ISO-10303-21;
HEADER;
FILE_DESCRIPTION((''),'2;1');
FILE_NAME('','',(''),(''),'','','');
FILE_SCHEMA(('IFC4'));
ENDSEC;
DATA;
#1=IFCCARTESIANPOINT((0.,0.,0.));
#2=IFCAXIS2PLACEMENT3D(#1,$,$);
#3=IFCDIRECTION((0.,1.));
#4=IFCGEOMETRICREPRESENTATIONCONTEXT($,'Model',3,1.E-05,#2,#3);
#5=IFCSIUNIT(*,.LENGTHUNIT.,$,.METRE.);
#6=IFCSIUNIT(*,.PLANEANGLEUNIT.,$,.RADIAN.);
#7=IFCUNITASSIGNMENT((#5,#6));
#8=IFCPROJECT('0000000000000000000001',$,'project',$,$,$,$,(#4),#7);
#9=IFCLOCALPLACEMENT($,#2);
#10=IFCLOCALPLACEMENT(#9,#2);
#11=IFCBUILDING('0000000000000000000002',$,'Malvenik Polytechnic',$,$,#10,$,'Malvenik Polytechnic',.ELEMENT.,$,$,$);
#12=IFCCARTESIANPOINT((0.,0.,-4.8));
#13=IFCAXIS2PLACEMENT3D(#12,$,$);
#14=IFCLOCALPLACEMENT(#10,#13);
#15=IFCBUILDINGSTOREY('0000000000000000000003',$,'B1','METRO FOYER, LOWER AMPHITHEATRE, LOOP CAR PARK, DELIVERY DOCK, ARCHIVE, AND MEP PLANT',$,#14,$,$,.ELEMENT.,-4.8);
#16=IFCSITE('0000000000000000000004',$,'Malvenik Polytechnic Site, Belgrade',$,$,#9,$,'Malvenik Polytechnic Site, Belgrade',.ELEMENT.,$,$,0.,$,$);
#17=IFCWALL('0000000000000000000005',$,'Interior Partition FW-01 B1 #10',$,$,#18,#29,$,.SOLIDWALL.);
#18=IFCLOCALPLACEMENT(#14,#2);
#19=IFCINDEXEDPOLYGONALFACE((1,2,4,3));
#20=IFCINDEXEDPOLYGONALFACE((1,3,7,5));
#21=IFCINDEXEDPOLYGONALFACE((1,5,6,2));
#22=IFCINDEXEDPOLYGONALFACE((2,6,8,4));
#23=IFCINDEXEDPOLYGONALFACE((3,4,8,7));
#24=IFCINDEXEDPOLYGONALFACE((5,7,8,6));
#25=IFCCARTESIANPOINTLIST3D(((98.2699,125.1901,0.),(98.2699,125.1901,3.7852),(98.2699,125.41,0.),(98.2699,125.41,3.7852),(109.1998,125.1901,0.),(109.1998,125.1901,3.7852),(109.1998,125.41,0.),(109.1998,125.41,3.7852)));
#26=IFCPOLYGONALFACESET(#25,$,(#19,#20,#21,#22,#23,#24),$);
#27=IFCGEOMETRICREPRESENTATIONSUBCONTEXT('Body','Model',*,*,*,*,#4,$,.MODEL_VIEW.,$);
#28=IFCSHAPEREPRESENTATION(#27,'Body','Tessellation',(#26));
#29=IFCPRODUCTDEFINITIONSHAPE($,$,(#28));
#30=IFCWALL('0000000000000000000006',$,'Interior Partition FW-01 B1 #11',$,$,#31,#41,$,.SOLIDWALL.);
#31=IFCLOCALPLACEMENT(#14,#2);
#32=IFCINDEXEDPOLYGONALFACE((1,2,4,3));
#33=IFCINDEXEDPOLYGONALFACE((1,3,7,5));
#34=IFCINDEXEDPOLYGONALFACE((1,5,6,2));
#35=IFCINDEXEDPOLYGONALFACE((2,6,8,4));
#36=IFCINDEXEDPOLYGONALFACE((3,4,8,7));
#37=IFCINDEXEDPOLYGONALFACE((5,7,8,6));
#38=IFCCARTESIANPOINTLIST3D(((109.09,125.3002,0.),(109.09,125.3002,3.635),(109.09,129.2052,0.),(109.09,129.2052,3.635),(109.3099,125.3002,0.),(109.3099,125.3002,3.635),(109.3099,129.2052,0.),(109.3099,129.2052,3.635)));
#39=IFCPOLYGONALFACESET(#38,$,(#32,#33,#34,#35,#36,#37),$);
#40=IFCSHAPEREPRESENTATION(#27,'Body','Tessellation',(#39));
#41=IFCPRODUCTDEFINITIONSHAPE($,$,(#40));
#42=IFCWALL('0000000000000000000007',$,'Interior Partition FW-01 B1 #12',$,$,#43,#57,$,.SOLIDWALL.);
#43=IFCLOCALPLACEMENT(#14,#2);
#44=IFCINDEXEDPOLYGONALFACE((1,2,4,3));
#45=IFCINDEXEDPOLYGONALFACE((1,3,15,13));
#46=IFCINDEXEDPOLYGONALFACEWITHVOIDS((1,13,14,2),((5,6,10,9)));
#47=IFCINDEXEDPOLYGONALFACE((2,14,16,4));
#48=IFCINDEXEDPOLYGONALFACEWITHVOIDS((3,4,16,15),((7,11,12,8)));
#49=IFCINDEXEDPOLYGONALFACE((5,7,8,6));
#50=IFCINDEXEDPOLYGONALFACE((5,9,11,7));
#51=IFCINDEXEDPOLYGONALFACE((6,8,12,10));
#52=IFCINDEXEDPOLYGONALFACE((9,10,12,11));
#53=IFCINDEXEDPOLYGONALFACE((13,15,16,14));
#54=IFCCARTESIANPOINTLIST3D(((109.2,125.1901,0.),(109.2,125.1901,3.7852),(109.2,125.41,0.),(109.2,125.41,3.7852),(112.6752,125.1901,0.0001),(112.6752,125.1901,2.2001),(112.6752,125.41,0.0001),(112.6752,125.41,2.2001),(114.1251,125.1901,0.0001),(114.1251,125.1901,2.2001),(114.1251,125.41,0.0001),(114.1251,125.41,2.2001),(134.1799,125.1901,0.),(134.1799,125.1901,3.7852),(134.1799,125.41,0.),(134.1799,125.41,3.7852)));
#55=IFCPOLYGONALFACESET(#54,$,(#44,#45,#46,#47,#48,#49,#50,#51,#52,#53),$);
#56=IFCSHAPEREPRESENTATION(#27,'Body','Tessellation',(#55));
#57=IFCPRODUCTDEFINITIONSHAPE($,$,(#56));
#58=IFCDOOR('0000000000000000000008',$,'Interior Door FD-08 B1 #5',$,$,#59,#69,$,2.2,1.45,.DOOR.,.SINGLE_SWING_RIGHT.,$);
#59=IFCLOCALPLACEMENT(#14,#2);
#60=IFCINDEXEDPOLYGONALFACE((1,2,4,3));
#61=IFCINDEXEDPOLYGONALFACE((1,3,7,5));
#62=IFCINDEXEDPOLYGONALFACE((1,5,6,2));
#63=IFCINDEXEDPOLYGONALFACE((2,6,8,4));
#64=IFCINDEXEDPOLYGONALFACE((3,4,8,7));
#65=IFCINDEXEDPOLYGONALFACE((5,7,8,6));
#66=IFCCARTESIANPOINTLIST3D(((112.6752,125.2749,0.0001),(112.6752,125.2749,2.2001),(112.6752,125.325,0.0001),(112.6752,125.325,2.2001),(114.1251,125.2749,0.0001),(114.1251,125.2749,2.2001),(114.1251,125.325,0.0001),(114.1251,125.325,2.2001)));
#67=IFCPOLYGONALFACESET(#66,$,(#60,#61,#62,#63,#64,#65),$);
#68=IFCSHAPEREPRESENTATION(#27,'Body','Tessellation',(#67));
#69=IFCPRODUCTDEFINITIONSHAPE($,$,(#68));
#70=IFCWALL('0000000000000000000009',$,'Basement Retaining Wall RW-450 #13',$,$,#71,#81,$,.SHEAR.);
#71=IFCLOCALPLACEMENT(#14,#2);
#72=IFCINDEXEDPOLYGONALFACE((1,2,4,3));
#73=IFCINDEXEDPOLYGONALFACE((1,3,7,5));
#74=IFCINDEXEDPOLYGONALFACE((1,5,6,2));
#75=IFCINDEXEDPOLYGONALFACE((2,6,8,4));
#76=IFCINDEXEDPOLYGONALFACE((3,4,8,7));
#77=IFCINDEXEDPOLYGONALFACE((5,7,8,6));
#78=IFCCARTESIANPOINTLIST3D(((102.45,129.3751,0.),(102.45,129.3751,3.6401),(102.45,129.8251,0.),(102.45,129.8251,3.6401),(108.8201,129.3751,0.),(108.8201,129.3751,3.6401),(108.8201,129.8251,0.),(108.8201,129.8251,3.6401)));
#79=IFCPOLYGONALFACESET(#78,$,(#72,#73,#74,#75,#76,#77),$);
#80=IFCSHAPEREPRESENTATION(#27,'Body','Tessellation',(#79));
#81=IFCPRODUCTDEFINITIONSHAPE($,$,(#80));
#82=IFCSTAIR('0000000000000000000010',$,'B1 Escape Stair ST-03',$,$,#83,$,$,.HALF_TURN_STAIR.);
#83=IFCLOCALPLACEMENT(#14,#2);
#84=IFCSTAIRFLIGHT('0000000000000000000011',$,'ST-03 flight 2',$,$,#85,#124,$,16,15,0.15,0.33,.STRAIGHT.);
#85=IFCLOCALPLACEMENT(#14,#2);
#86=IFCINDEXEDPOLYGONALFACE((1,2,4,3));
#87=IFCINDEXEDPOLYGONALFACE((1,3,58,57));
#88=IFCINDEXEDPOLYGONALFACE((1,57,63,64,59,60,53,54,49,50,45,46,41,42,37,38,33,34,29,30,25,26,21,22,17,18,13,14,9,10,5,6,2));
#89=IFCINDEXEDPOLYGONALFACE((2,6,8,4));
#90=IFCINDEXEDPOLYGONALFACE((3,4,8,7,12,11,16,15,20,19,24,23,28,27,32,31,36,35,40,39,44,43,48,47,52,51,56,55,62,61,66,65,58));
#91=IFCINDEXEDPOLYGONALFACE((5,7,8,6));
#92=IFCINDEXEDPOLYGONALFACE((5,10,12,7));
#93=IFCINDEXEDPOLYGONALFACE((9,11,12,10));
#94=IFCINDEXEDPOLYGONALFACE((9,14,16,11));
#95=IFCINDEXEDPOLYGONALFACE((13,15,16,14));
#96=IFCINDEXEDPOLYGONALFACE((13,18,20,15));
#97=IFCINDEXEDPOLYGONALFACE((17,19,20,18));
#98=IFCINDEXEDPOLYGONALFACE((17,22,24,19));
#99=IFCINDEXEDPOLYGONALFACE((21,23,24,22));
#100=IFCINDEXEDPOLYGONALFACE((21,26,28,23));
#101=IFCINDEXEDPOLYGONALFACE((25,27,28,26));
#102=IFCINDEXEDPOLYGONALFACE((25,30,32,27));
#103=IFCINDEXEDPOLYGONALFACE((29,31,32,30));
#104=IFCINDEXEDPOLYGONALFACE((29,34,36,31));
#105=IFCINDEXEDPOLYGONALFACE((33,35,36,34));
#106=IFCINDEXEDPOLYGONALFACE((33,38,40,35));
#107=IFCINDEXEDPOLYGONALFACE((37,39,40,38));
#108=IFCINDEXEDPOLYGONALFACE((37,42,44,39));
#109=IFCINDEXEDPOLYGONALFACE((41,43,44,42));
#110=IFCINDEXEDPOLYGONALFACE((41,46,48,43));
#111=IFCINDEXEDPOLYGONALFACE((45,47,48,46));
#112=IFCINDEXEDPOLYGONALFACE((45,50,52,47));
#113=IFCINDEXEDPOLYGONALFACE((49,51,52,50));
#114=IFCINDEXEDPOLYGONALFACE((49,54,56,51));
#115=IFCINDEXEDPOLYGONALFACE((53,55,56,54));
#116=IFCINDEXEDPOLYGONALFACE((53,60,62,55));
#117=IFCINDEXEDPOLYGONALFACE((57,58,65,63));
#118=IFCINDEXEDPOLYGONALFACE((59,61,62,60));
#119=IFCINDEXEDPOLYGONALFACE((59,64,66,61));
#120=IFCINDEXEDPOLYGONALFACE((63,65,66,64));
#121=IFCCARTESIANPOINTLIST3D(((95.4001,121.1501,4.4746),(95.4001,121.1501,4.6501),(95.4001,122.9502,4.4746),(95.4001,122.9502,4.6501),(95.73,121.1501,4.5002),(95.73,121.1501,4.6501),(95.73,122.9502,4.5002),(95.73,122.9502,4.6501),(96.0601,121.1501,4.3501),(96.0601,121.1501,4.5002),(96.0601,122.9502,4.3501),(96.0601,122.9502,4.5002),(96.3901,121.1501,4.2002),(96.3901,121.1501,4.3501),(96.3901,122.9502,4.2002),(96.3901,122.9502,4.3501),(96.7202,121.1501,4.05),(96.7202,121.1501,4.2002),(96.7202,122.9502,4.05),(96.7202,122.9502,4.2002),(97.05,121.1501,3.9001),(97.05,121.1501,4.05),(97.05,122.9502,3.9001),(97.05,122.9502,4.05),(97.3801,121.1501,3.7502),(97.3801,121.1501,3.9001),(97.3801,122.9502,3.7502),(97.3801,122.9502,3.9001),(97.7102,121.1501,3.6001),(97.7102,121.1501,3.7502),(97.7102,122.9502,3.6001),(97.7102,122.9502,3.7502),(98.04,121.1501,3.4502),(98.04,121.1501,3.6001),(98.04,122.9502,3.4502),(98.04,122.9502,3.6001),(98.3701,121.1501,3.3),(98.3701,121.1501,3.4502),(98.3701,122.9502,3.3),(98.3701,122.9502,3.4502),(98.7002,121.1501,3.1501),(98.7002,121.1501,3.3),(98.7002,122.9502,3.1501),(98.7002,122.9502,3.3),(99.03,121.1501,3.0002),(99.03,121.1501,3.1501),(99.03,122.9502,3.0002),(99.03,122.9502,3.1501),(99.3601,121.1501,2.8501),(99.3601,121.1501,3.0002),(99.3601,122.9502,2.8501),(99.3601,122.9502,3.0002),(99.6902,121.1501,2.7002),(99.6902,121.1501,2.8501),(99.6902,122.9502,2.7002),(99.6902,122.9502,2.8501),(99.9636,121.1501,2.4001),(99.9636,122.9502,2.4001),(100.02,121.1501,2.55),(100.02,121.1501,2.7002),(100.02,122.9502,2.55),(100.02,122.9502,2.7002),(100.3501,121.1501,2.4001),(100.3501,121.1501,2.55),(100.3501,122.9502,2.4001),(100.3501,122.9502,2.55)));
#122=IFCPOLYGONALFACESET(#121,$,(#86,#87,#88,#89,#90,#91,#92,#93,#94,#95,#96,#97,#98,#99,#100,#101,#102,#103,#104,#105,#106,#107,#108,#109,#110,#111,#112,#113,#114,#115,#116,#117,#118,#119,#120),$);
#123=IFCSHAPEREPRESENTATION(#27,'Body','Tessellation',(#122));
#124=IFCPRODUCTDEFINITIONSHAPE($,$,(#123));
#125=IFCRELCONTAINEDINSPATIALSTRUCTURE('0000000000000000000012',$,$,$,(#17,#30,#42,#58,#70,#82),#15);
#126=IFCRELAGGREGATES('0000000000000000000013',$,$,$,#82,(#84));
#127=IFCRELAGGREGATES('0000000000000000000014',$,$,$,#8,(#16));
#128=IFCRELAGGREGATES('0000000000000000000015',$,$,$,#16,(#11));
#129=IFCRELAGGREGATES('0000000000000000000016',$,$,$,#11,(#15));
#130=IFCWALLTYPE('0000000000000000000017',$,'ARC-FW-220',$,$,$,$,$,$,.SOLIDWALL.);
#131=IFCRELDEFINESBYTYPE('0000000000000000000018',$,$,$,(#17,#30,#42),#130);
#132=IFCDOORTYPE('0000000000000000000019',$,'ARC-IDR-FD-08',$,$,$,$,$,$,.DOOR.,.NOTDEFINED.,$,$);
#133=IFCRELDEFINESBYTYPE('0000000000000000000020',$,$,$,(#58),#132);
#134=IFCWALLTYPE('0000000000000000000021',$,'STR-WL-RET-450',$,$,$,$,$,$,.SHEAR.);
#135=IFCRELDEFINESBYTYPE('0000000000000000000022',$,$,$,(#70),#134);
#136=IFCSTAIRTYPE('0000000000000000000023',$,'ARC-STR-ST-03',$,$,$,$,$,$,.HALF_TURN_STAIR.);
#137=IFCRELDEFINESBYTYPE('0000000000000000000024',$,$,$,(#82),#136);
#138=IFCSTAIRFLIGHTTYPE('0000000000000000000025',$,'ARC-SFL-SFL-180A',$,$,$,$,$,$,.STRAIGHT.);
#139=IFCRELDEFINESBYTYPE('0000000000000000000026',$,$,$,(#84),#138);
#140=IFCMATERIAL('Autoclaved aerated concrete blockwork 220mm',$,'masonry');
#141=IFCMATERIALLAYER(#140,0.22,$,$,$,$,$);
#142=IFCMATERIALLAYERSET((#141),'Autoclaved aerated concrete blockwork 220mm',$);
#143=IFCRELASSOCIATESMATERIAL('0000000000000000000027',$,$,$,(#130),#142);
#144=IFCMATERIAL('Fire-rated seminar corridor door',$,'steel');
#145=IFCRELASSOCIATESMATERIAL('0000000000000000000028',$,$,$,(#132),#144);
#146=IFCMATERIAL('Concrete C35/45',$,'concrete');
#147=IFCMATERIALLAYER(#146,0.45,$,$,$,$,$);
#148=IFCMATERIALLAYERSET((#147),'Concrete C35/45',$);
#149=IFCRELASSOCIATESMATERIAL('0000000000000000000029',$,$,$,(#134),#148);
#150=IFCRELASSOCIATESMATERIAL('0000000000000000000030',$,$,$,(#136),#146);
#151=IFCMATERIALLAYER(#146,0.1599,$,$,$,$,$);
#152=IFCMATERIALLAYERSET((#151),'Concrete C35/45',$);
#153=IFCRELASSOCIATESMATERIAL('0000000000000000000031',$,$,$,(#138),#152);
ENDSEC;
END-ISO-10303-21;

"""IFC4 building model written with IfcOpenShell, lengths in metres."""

from ifc_helpers import new_model, si_unit, direction, frame, frame_2d, origin, place, context, subcontext, project, spatial, polyline, rectangle, outline, extrude, material, layer, layer_set, type_object, element, fill, aggregate, save


model = new_model("IFC4")

# Units and contexts
model_context = context("Model", 3, precision=1e-05, world=origin(), true_north=direction((0.0, 1.0)))
body_context = subcontext(model_context, "Body", "Model", "MODEL_VIEW")
ifc_project = project(units=[si_unit("LENGTHUNIT", "METRE"), si_unit("PLANEANGLEUNIT", "RADIAN")], contexts=[model_context])

# Site, building, storey
site_placement = place(None, origin())
site = spatial("IfcSite", under=ifc_project, at=site_placement, Name="Malvenik Polytechnic Site, Belgrade", LongName="Malvenik Polytechnic Site, Belgrade", CompositionType="ELEMENT", RefElevation=0.0)
building_placement = place(site_placement, origin())
building = spatial("IfcBuilding", under=site, at=building_placement, Name="Malvenik Polytechnic", LongName="Malvenik Polytechnic", CompositionType="ELEMENT")
storey_placement = place(building_placement, frame((0.0, 0.0, -4.8)))
storey = spatial("IfcBuildingStorey", under=building, at=storey_placement, Name="B1", Description="METRO FOYER, LOWER AMPHITHEATRE, LOOP CAR PARK, DELIVERY DOCK, ARCHIVE, AND MEP PLANT", CompositionType="ELEMENT", Elevation=-4.8)

# Shared definitions
ifc_material_1 = material(Name="Concrete C35/45", Category="concrete")

# Walls
ifc_material_2 = material(Name="Autoclaved aerated concrete blockwork 220mm", Category="masonry")
ifc_layer_1 = layer(ifc_material_2, 0.22)
ifc_layer_set_1 = layer_set([ifc_layer_1], Name="Autoclaved aerated concrete blockwork 220mm")
wall_type_1 = type_object("IfcWallType", Name="ARC-FW-220", PredefinedType="SOLIDWALL", material=ifc_layer_set_1)
wall_1_placement = place(storey_placement, frame((98.27, 125.3, 0.0), z_axis=(0.0, 0.0, 1.0), x_axis=(1.0, 0.0, 0.0)))
element("IfcWall", 1, at=wall_1_placement, inside=storey, type_object=wall_type_1, Name="Interior Partition FW-01 B1 #10", PredefinedType="SOLIDWALL", context=body_context, shape_type="SweptSolid", body=[
    extrude(rectangle(XDim=10.9299, YDim=0.22, at=frame_2d((5.4648, 0.0))), origin(), (0.0, 0.0, 1.0), 3.7852),
])
wall_2_placement = place(storey_placement, frame((109.2, 125.3, 0.0), z_axis=(0.0, 0.0, 1.0), x_axis=(0.0, 1.0, 0.0)))
element("IfcWall", 2, at=wall_2_placement, inside=storey, type_object=wall_type_1, Name="Interior Partition FW-01 B1 #11", PredefinedType="SOLIDWALL", context=body_context, shape_type="SweptSolid", body=[
    extrude(rectangle(XDim=3.905, YDim=0.22, at=frame_2d((1.9526, 0.0))), origin(), (0.0, 0.0, 1.0), 3.635),
])

# Wall, opening, door
wall_3_placement = place(storey_placement, frame((109.2, 125.3, 0.0), z_axis=(0.0, 0.0, 1.0), x_axis=(1.0, 0.0, 0.0)))
wall_3 = element("IfcWall", 3, at=wall_3_placement, inside=storey, type_object=wall_type_1, Name="Interior Partition FW-01 B1 #12", PredefinedType="SOLIDWALL", context=body_context, shape_type="SweptSolid", body=[
    extrude(rectangle(XDim=24.98, YDim=0.22, at=frame_2d((12.49, 0.0))), origin(), (0.0, 0.0, 1.0), 3.7852),
])
opening_1_placement = place(wall_3_placement, frame((3.4751, 0.0, 0.0)))
opening_1 = element("IfcOpeningElement", 4, at=opening_1_placement, cuts=wall_3, PredefinedType="OPENING", context=body_context, shape_type="SweptSolid", body=[
    extrude(rectangle(XDim=1.45, YDim=2.2, at=frame_2d((0.7251, 1.1001))), frame((0.0, 0.1201, 0.0), z_axis=(0.0, -1.0, 0.0), x_axis=(1.0, 0.0, 0.0)), (0.0, 0.0, 1.0), 0.24),
])
ifc_material_3 = material(Name="Fire-rated seminar corridor door", Category="steel")
door_type_1 = type_object("IfcDoorType", Name="ARC-IDR-FD-08", OperationType="NOTDEFINED", PredefinedType="DOOR", material=ifc_material_3)
door_1_placement = place(opening_1_placement, origin())
door_1 = element("IfcDoor", 5, at=door_1_placement, inside=storey, type_object=door_type_1, Name="Interior Door FD-08 B1 #5", OperationType="SINGLE_SWING_RIGHT", OverallHeight=2.2, OverallWidth=1.45, PredefinedType="DOOR", context=body_context, shape_type="SweptSolid", body=[
    extrude(rectangle(XDim=1.45, YDim=2.2, at=frame_2d((0.7251, 1.1001))), frame((0.0, 0.0249, 0.0), z_axis=(0.0, -1.0, 0.0), x_axis=(1.0, 0.0, 0.0)), (0.0, 0.0, 1.0), 0.05),
])
fill(opening_1, door_1)

# Wall
ifc_layer_2 = layer(ifc_material_1, 0.45)
ifc_layer_set_2 = layer_set([ifc_layer_2], Name="Concrete C35/45")
wall_type_2 = type_object("IfcWallType", Name="STR-WL-RET-450", PredefinedType="SHEAR", material=ifc_layer_set_2)
wall_4_placement = place(storey_placement, frame((102.45, 129.6001, 0.0), z_axis=(0.0, 0.0, 1.0), x_axis=(1.0, 0.0, 0.0)))
element("IfcWall", 6, at=wall_4_placement, inside=storey, type_object=wall_type_2, Name="Basement Retaining Wall RW-450 #13", PredefinedType="SHEAR", context=body_context, shape_type="SweptSolid", body=[
    extrude(rectangle(XDim=6.3701, YDim=0.45, at=frame_2d((3.1851, 0.0))), origin(), (0.0, 0.0, 1.0), 3.6401),
])

# Stair, stair flight
stair_type = type_object("IfcStairType", Name="ARC-STR-ST-03", PredefinedType="HALF_TURN_STAIR", material=ifc_material_1)
stair_placement = place(storey_placement, origin())
stair = element("IfcStair", 7, at=stair_placement, inside=storey, type_object=stair_type, Name="B1 Escape Stair ST-03", PredefinedType="HALF_TURN_STAIR")
ifc_layer_3 = layer(ifc_material_1, 0.1599)
ifc_layer_set_3 = layer_set([ifc_layer_3], Name="Concrete C35/45")
stair_flight_type = type_object("IfcStairFlightType", Name="ARC-SFL-SFL-180A", PredefinedType="STRAIGHT", material=ifc_layer_set_3)
stair_flight_placement = place(storey_placement, frame((100.3501, 122.05, 2.4001), z_axis=(0.0, 0.0, 1.0), x_axis=(-1.0, 0.0, 0.0)))
stair_flight = element("IfcStairFlight", 8, at=stair_flight_placement, type_object=stair_flight_type, Name="ST-03 flight 2", NumberOfRisers=16, NumberOfTreads=15, PredefinedType="STRAIGHT", RiserHeight=0.15, TreadLength=0.33, context=body_context, shape_type="SweptSolid", body=[
    extrude(outline(polyline([(0.0, 0.0), (0.0, 0.1499), (0.3301, 0.1499), (0.3301, 0.3), (0.6599, 0.3), (0.6599, 0.45), (0.99, 0.45), (0.99, 0.6001), (1.3201, 0.6001), (1.3201, 0.75), (1.6499, 0.75), (1.6499, 0.8999), (1.98, 0.8999), (1.98, 1.05), (2.3101, 1.05), (2.3101, 1.2), (2.6399, 1.2), (2.6399, 1.3501), (2.97, 1.3501), (2.97, 1.5), (3.3, 1.5), (3.3, 1.6499), (3.6299, 1.6499), (3.6299, 1.8), (3.96, 1.8), (3.96, 1.95), (4.29, 1.95), (4.29, 2.1001), (4.6201, 2.1001), (4.6201, 2.25), (4.95, 2.25), (4.95, 2.3999), (4.95, 2.0745), (0.3865, 0.0), (0.0, 0.0)])), frame((0.0, 0.8999, 0.0), z_axis=(0.0, -1.0, 0.0), x_axis=(1.0, 0.0, 0.0)), (0.0, 0.0, 1.0), 1.8),
])
aggregate(stair, [stair_flight])

save(model, "model.ifc")
